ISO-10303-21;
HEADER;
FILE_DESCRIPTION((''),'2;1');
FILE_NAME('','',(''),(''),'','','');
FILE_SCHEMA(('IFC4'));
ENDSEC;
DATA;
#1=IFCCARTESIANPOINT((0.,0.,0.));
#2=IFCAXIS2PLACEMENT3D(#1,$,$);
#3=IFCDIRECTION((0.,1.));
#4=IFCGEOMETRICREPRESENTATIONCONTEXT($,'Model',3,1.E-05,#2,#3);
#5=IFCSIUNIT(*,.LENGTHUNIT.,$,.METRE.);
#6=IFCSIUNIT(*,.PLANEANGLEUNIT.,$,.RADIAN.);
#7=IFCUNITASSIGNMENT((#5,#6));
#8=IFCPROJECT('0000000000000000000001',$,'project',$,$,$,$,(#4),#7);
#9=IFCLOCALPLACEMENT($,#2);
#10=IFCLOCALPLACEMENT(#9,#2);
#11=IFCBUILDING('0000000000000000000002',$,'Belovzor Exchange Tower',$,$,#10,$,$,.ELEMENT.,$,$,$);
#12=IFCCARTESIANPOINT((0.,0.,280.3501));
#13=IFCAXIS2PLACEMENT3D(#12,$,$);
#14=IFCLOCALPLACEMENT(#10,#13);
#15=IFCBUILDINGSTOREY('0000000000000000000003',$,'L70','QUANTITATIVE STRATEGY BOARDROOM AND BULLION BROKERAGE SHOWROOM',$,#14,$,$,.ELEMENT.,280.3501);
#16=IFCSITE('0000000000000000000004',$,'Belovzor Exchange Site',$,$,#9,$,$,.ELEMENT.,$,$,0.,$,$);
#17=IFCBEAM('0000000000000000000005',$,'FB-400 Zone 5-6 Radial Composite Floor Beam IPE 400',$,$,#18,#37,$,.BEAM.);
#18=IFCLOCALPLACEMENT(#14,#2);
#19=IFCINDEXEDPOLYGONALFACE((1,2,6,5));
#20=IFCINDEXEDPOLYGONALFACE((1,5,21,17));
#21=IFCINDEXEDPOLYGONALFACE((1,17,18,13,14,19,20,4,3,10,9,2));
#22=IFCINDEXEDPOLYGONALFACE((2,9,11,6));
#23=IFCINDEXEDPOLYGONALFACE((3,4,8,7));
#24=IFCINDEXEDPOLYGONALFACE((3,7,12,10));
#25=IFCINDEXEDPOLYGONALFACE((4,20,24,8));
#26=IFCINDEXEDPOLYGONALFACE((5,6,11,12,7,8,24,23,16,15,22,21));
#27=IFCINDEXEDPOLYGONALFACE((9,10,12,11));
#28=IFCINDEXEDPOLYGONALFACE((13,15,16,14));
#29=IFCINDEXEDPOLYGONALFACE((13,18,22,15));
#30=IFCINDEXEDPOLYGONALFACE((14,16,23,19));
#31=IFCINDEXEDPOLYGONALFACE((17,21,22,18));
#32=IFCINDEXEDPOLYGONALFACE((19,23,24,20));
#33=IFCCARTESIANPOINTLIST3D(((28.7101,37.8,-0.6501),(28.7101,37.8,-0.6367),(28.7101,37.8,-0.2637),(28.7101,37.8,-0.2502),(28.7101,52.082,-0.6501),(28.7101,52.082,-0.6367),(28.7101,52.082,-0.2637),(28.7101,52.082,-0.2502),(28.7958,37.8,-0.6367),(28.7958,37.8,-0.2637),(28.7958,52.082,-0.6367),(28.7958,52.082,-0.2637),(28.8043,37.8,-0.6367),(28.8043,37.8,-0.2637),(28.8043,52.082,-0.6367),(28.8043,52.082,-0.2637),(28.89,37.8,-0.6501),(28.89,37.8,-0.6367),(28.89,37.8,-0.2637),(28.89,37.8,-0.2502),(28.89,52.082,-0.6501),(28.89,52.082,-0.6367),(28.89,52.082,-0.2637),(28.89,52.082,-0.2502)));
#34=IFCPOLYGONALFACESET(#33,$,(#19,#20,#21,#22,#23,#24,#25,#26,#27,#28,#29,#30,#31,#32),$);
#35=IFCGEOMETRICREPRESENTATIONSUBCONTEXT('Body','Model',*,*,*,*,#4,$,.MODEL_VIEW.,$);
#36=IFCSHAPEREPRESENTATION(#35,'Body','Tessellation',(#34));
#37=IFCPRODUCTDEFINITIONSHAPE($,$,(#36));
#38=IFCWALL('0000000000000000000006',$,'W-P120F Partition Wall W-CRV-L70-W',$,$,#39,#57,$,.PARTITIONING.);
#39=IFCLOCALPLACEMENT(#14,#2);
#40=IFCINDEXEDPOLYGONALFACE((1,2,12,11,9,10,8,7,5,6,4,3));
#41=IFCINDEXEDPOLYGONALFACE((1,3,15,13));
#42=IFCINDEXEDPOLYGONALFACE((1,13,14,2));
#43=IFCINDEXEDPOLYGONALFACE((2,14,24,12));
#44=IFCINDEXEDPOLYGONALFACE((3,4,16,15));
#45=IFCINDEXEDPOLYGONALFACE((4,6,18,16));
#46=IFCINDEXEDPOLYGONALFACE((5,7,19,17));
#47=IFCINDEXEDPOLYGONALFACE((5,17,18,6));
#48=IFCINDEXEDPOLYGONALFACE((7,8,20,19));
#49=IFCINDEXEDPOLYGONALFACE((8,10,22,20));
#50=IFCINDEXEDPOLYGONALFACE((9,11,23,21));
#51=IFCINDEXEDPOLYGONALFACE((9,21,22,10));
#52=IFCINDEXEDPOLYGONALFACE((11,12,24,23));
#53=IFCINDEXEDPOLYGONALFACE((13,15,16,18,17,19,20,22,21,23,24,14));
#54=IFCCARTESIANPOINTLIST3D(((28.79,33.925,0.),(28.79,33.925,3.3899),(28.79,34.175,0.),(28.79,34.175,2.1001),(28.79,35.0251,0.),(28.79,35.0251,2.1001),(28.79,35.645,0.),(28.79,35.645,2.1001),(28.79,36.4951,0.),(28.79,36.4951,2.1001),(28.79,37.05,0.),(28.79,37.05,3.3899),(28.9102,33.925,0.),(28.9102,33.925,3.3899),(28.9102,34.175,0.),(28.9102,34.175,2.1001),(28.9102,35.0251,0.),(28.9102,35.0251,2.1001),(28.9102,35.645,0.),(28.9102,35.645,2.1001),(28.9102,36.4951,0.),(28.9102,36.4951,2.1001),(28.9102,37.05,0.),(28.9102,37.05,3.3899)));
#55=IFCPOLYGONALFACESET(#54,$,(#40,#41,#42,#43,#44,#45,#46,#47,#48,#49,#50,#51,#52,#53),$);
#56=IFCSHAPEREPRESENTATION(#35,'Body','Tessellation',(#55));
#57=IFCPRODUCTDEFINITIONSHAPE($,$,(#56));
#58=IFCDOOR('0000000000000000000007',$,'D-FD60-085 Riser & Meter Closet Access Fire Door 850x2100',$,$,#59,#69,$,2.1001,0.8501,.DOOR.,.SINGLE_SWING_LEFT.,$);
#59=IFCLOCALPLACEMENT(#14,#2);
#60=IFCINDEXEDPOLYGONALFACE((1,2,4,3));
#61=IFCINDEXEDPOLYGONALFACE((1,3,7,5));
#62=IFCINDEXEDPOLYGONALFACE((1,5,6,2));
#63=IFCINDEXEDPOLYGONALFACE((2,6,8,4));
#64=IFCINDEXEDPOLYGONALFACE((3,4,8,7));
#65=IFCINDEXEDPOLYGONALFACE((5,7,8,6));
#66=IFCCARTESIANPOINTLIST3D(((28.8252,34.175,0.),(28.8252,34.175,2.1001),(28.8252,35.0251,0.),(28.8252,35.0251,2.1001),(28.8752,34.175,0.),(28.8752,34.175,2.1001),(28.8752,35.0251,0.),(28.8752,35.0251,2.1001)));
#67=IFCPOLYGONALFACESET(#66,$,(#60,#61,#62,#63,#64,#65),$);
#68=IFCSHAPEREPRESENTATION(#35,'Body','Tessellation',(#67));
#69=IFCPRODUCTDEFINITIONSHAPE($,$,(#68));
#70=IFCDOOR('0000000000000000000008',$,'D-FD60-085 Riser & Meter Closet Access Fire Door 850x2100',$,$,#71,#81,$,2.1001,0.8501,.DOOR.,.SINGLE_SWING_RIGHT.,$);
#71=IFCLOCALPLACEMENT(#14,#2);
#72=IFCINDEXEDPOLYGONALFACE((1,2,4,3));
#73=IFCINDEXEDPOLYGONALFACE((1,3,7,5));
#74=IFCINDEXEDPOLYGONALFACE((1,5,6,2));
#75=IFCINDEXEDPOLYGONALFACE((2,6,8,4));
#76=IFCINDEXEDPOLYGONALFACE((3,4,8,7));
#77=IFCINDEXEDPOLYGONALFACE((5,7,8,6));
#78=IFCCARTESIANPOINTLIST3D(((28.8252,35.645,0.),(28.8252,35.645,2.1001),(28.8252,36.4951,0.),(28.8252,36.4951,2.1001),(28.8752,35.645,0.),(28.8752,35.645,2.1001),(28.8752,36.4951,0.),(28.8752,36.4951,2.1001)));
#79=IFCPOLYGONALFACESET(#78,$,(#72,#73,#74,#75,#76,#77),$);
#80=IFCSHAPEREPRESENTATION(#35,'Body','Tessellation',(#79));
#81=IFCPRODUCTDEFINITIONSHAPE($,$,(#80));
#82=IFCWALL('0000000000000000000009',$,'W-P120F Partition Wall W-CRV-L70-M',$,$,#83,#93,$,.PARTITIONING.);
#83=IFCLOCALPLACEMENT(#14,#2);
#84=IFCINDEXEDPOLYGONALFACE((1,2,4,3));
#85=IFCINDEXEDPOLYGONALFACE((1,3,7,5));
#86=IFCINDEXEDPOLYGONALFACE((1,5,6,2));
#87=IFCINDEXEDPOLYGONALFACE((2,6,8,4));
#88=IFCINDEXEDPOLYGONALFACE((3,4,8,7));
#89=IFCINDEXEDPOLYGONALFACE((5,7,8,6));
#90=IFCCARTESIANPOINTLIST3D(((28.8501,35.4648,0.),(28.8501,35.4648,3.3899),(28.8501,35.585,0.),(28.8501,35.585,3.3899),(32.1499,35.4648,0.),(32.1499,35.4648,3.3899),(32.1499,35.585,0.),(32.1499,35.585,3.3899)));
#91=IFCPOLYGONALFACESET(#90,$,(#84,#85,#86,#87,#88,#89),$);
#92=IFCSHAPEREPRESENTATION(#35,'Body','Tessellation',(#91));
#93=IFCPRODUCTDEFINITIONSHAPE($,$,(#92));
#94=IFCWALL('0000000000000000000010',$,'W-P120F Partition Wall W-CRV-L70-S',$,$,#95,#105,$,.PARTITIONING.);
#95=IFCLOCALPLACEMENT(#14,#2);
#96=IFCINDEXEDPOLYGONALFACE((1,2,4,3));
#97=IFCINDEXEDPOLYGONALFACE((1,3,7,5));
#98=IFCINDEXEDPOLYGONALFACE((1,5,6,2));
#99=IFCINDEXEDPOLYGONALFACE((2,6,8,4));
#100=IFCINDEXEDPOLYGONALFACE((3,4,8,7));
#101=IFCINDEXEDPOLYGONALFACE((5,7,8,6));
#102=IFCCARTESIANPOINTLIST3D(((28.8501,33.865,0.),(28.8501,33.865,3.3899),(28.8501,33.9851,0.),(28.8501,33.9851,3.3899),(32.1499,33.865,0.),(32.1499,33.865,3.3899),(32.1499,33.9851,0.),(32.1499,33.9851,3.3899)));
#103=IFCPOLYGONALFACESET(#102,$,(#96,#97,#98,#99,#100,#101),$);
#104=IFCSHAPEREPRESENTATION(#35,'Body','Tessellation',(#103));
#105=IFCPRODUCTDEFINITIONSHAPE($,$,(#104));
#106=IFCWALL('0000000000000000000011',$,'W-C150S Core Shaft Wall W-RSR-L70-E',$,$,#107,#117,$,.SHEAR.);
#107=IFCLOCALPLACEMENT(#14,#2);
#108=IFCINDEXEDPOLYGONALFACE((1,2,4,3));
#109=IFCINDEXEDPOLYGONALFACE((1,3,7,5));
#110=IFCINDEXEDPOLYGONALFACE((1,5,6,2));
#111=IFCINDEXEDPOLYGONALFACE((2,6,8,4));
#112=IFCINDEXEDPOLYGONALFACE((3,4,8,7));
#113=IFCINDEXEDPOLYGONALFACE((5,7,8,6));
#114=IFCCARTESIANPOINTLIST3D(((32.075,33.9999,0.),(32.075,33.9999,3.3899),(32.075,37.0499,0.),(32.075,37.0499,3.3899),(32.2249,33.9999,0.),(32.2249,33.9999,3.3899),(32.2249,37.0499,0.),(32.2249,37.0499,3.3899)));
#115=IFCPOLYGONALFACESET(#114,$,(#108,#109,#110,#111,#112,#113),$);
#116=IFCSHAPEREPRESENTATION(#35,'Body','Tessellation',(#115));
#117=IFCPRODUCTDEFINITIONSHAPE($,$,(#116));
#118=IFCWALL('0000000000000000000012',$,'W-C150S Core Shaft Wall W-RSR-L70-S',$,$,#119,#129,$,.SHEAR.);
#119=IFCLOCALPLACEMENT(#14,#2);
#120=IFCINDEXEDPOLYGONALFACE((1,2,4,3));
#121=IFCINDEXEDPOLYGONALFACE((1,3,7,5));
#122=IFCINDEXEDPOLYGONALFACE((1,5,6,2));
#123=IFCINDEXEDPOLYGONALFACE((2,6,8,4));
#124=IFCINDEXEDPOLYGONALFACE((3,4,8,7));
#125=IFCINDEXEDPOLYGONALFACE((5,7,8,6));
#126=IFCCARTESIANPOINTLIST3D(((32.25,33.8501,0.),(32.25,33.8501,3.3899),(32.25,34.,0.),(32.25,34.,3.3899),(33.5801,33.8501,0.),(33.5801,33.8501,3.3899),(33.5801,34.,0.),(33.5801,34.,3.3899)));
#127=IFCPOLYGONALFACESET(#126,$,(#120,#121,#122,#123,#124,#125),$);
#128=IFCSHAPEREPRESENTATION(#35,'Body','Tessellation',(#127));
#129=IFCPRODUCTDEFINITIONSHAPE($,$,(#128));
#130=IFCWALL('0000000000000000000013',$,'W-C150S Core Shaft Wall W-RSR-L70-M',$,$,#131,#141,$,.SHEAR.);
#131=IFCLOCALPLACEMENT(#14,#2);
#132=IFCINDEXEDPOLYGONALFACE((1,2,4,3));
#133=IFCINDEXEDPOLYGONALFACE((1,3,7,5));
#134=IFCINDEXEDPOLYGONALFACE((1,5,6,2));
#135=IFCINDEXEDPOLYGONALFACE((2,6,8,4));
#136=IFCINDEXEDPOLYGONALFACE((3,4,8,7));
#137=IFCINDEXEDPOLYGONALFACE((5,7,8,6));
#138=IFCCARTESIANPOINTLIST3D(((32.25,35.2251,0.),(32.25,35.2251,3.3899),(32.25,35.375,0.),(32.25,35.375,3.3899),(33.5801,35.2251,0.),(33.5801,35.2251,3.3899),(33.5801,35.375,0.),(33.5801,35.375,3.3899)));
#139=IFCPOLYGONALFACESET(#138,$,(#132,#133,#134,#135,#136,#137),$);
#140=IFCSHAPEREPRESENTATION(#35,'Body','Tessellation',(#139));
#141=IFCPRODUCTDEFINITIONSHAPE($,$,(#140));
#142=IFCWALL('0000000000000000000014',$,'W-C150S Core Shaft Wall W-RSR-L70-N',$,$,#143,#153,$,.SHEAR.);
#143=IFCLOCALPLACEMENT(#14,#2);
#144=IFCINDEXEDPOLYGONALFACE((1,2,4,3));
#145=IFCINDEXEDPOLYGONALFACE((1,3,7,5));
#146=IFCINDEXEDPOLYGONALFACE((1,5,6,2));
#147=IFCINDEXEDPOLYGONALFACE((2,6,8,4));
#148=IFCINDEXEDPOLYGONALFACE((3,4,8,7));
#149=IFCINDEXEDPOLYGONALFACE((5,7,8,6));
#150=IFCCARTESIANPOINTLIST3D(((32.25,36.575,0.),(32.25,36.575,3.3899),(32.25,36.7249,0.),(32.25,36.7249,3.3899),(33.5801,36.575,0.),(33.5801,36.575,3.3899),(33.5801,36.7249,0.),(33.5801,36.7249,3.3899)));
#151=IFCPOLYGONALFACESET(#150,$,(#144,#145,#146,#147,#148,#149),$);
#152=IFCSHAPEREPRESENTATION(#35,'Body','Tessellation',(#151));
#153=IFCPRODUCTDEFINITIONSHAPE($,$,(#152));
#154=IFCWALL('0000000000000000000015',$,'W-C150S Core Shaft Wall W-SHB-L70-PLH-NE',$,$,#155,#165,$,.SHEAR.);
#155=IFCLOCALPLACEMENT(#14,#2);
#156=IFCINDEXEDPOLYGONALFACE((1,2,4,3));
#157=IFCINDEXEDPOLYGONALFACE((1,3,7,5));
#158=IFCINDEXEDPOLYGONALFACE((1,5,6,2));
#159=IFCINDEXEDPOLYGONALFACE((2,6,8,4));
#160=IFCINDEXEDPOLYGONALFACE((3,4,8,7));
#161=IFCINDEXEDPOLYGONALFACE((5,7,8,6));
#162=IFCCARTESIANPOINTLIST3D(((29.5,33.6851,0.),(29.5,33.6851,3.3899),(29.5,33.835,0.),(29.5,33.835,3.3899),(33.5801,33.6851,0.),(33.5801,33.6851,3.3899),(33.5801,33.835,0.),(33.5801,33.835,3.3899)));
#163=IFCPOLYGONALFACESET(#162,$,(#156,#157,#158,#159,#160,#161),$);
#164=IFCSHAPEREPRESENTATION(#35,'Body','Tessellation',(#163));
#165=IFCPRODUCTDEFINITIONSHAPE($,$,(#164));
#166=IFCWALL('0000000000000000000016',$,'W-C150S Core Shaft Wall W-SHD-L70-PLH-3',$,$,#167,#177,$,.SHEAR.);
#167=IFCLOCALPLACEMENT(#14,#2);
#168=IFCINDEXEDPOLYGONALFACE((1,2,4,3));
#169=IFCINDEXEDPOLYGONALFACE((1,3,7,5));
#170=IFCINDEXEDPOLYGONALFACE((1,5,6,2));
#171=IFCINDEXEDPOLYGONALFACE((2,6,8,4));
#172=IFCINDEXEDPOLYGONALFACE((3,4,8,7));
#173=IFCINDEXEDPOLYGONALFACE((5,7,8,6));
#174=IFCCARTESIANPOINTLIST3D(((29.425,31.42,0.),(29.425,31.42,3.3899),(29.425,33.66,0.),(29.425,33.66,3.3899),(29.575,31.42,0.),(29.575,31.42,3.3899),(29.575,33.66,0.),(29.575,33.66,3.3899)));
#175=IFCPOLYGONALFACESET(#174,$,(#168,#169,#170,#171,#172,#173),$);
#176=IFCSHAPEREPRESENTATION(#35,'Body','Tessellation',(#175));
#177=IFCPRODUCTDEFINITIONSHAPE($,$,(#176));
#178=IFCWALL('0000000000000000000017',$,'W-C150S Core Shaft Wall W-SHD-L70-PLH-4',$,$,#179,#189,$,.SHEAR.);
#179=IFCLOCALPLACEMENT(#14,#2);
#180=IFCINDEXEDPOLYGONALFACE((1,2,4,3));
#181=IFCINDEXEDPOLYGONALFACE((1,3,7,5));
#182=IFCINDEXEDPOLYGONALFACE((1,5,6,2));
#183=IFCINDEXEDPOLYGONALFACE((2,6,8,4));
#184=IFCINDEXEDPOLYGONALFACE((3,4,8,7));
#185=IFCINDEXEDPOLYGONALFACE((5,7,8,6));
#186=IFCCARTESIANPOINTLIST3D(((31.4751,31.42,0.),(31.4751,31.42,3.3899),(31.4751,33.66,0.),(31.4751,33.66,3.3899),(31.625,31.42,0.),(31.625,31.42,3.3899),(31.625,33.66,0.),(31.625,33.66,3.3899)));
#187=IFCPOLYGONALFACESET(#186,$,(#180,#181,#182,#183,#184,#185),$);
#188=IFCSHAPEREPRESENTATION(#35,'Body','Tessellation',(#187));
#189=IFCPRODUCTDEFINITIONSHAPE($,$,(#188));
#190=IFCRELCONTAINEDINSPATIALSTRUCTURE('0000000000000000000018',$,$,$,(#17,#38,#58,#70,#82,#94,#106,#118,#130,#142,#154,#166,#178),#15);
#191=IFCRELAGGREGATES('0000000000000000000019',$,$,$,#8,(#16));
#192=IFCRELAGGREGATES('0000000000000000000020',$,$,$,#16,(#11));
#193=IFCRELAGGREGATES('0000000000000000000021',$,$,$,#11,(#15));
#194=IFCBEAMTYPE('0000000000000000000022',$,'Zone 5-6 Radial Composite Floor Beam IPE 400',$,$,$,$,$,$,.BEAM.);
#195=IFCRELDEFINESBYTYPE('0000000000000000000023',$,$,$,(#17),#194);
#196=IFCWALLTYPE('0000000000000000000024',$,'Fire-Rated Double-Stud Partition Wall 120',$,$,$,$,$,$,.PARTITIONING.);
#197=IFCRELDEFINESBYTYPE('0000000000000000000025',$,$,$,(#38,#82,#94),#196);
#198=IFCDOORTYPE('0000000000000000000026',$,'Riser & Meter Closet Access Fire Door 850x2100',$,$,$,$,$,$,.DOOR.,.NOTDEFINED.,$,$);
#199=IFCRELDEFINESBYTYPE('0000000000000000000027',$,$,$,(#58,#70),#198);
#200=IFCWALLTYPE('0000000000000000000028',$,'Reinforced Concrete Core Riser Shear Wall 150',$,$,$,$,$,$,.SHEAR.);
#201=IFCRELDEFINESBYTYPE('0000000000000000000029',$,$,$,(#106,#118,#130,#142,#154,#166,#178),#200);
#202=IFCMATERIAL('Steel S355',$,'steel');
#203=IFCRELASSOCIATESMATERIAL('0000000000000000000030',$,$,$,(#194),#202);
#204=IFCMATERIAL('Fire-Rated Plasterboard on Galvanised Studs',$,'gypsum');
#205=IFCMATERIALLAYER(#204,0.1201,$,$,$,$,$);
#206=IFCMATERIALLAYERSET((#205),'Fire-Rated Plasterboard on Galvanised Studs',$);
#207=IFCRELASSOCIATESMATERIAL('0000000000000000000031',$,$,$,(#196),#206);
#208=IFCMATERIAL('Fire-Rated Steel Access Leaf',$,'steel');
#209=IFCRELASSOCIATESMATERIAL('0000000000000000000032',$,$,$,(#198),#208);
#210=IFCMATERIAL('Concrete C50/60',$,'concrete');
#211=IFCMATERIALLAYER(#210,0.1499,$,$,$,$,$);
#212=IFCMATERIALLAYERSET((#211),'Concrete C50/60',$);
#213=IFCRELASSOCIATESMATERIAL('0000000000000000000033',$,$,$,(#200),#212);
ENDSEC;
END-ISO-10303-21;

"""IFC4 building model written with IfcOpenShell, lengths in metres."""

from ifc_helpers import new_model, si_unit, direction, frame, frame_2d, origin, origin_2d, place, context, subcontext, project, spatial, rectangle, i_section, extrude, material, layer, layer_set, material_profile, profile_set, type_object, element, fill, save


model = new_model("IFC4")

# Units and contexts
model_context = context("Model", 3, precision=1e-05, world=origin(), true_north=direction((0.0, 1.0)))
body_context = subcontext(model_context, "Body", "Model", "MODEL_VIEW")
ifc_project = project(units=[si_unit("LENGTHUNIT", "METRE"), si_unit("PLANEANGLEUNIT", "RADIAN")], contexts=[model_context])

# Site, building, storey
site_placement = place(None, origin())
site = spatial("IfcSite", under=ifc_project, at=site_placement, Name="Belovzor Exchange Site", CompositionType="ELEMENT", RefElevation=0.0)
building_placement = place(site_placement, origin())
building = spatial("IfcBuilding", under=site, at=building_placement, Name="Belovzor Exchange Tower", CompositionType="ELEMENT")
storey_placement = place(building_placement, frame((0.0, 0.0, 280.3501)))
storey = spatial("IfcBuildingStorey", under=building, at=storey_placement, Name="L70", Description="QUANTITATIVE STRATEGY BOARDROOM AND BULLION BROKERAGE SHOWROOM", CompositionType="ELEMENT", Elevation=280.3501)

# Beam
ifc_material_1 = material(Name="Steel S355", Category="steel")
ifc_material_profile = material_profile(ifc_material_1, i_section(OverallWidth=0.1799, OverallDepth=0.3999, WebThickness=0.0085, FlangeThickness=0.0134, at=origin_2d()))
ifc_profile_set = profile_set([ifc_material_profile], Name="Steel S355")
beam_type = type_object("IfcBeamType", Name="Zone 5-6 Radial Composite Floor Beam IPE 400", PredefinedType="BEAM", material=ifc_profile_set)
beam_placement = place(storey_placement, frame((28.8, 37.8, -0.4502), z_axis=(0.0, 1.0, 0.0), x_axis=(-1.0, 0.0, 0.0)))
element("IfcBeam", 1, at=beam_placement, inside=storey, type_object=beam_type, Name="FB-400 Zone 5-6 Radial Composite Floor Beam IPE 400", PredefinedType="BEAM", context=body_context, shape_type="SweptSolid", body=[
    extrude(i_section(OverallWidth=0.1799, OverallDepth=0.3999, WebThickness=0.0085, FlangeThickness=0.0134, at=origin_2d()), origin(), (0.0, 0.0, 1.0), 14.282),
])

# Wall, openings, doors
ifc_material_2 = material(Name="Fire-Rated Plasterboard on Galvanised Studs", Category="gypsum")
ifc_layer_1 = layer(ifc_material_2, 0.1201)
ifc_layer_set_1 = layer_set([ifc_layer_1], Name="Fire-Rated Plasterboard on Galvanised Studs")
wall_type_1 = type_object("IfcWallType", Name="Fire-Rated Double-Stud Partition Wall 120", PredefinedType="PARTITIONING", material=ifc_layer_set_1)
wall_1_placement = place(storey_placement, frame((28.8501, 33.925, 0.0), z_axis=(0.0, 0.0, 1.0), x_axis=(0.0, 1.0, 0.0)))
wall_1 = element("IfcWall", 2, at=wall_1_placement, inside=storey, type_object=wall_type_1, Name="W-P120F Partition Wall W-CRV-L70-W", PredefinedType="PARTITIONING", context=body_context, shape_type="SweptSolid", body=[
    extrude(rectangle(XDim=3.125, YDim=0.1201, at=frame_2d((1.5625, 0.0))), origin(), (0.0, 0.0, 1.0), 3.3899),
])
opening_1_placement = place(wall_1_placement, frame((0.25, 0.0, 0.0)))
opening_1 = element("IfcOpeningElement", 3, at=opening_1_placement, cuts=wall_1, PredefinedType="OPENING", context=body_context, shape_type="SweptSolid", body=[
    extrude(rectangle(XDim=0.8501, YDim=2.1001, at=frame_2d((0.425, 1.05))), frame((0.0, 0.0701, 0.0), z_axis=(0.0, -1.0, 0.0), x_axis=(1.0, 0.0, 0.0)), (0.0, 0.0, 1.0), 0.1401),
])
opening_2_placement = place(wall_1_placement, frame((1.72, 0.0, 0.0)))
opening_2 = element("IfcOpeningElement", 4, at=opening_2_placement, cuts=wall_1, PredefinedType="OPENING", context=body_context, shape_type="SweptSolid", body=[
    extrude(rectangle(XDim=0.8501, YDim=2.1001, at=frame_2d((0.425, 1.05))), frame((0.0, 0.0701, 0.0), z_axis=(0.0, -1.0, 0.0), x_axis=(1.0, 0.0, 0.0)), (0.0, 0.0, 1.0), 0.1401),
])
ifc_material_3 = material(Name="Fire-Rated Steel Access Leaf", Category="steel")
door_type_1 = type_object("IfcDoorType", Name="Riser & Meter Closet Access Fire Door 850x2100", OperationType="NOTDEFINED", PredefinedType="DOOR", material=ifc_material_3)
door_1_placement = place(opening_1_placement, origin())
door_1 = element("IfcDoor", 5, at=door_1_placement, inside=storey, type_object=door_type_1, Name="D-FD60-085 Riser & Meter Closet Access Fire Door 850x2100", OperationType="SINGLE_SWING_LEFT", OverallHeight=2.1001, OverallWidth=0.8501, PredefinedType="DOOR", context=body_context, shape_type="SweptSolid", body=[
    extrude(rectangle(XDim=0.8501, YDim=2.1001, at=frame_2d((0.425, 1.05))), frame((0.0, 0.0249, 0.0), z_axis=(0.0, -1.0, 0.0), x_axis=(1.0, 0.0, 0.0)), (0.0, 0.0, 1.0), 0.05),
])
fill(opening_1, door_1)
door_2_placement = place(opening_2_placement, origin())
door_2 = element("IfcDoor", 6, at=door_2_placement, inside=storey, type_object=door_type_1, Name="D-FD60-085 Riser & Meter Closet Access Fire Door 850x2100", OperationType="SINGLE_SWING_RIGHT", OverallHeight=2.1001, OverallWidth=0.8501, PredefinedType="DOOR", context=body_context, shape_type="SweptSolid", body=[
    extrude(rectangle(XDim=0.8501, YDim=2.1001, at=frame_2d((0.425, 1.05))), frame((0.0, 0.0249, 0.0), z_axis=(0.0, -1.0, 0.0), x_axis=(1.0, 0.0, 0.0)), (0.0, 0.0, 1.0), 0.05),
])
fill(opening_2, door_2)

# Walls
for number, where, z_axis, x_axis, name in (
    (7, (28.8501, 35.5249, 0.0), (0.0, 0.0, 1.0), (1.0, 0.0, 0.0), "W-P120F Partition Wall W-CRV-L70-M"),
    (8, (28.8501, 33.925, 0.0), (0.0, 0.0, 1.0), (1.0, 0.0, 0.0), "W-P120F Partition Wall W-CRV-L70-S"),
):
    element("IfcWall", number, at=place(storey_placement, frame(where, z_axis=z_axis, x_axis=x_axis)), inside=storey, type_object=wall_type_1, Name=name, PredefinedType="PARTITIONING", context=body_context, shape_type="SweptSolid", body=[
        extrude(rectangle(XDim=3.2998, YDim=0.1201, at=frame_2d((1.6499, 0.0))), origin(), (0.0, 0.0, 1.0), 3.3899),
    ])
ifc_material_4 = material(Name="Concrete C50/60", Category="concrete")
ifc_layer_2 = layer(ifc_material_4, 0.1499)
ifc_layer_set_2 = layer_set([ifc_layer_2], Name="Concrete C50/60")
wall_type_2 = type_object("IfcWallType", Name="Reinforced Concrete Core Riser Shear Wall 150", PredefinedType="SHEAR", material=ifc_layer_set_2)
wall_2_placement = place(storey_placement, frame((32.1499, 34.0, 0.0), z_axis=(0.0, 0.0, 1.0), x_axis=(0.0, 1.0, 0.0)))
element("IfcWall", 9, at=wall_2_placement, inside=storey, type_object=wall_type_2, Name="W-C150S Core Shaft Wall W-RSR-L70-E", PredefinedType="SHEAR", context=body_context, shape_type="SweptSolid", body=[
    extrude(rectangle(XDim=3.05, YDim=0.1499, at=frame_2d((1.5249, 0.0))), origin(), (0.0, 0.0, 1.0), 3.3899),
])
for number, where, z_axis, x_axis, name in (
    (10, (32.25, 33.925, 0.0), (0.0, 0.0, 1.0), (1.0, 0.0, 0.0), "W-C150S Core Shaft Wall W-RSR-L70-S"),
    (11, (32.25, 35.3, 0.0), (0.0, 0.0, 1.0), (1.0, 0.0, 0.0), "W-C150S Core Shaft Wall W-RSR-L70-M"),
    (12, (32.25, 36.6499, 0.0), (0.0, 0.0, 1.0), (1.0, 0.0, 0.0), "W-C150S Core Shaft Wall W-RSR-L70-N"),
):
    element("IfcWall", number, at=place(storey_placement, frame(where, z_axis=z_axis, x_axis=x_axis)), inside=storey, type_object=wall_type_2, Name=name, PredefinedType="SHEAR", context=body_context, shape_type="SweptSolid", body=[
        extrude(rectangle(XDim=1.3301, YDim=0.1499, at=frame_2d((0.665, 0.0))), origin(), (0.0, 0.0, 1.0), 3.3899),
    ])
wall_3_placement = place(storey_placement, frame((29.5, 33.76, 0.0), z_axis=(0.0, 0.0, 1.0), x_axis=(1.0, 0.0, 0.0)))
element("IfcWall", 13, at=wall_3_placement, inside=storey, type_object=wall_type_2, Name="W-C150S Core Shaft Wall W-SHB-L70-PLH-NE", PredefinedType="SHEAR", context=body_context, shape_type="SweptSolid", body=[
    extrude(rectangle(XDim=4.0801, YDim=0.1499, at=frame_2d((2.04, 0.0))), origin(), (0.0, 0.0, 1.0), 3.3899),
])
for number, where, z_axis, x_axis, name in (
    (14, (29.5, 31.4199, 0.0), (0.0, 0.0, 1.0), (0.0, 1.0, 0.0), "W-C150S Core Shaft Wall W-SHD-L70-PLH-3"),
    (15, (31.55, 31.4199, 0.0), (0.0, 0.0, 1.0), (0.0, 1.0, 0.0), "W-C150S Core Shaft Wall W-SHD-L70-PLH-4"),
):
    element("IfcWall", number, at=place(storey_placement, frame(where, z_axis=z_axis, x_axis=x_axis)), inside=storey, type_object=wall_type_2, Name=name, PredefinedType="SHEAR", context=body_context, shape_type="SweptSolid", body=[
        extrude(rectangle(XDim=2.24, YDim=0.1499, at=frame_2d((1.1201, 0.0))), origin(), (0.0, 0.0, 1.0), 3.3899),
    ])

save(model, "model.ifc")
